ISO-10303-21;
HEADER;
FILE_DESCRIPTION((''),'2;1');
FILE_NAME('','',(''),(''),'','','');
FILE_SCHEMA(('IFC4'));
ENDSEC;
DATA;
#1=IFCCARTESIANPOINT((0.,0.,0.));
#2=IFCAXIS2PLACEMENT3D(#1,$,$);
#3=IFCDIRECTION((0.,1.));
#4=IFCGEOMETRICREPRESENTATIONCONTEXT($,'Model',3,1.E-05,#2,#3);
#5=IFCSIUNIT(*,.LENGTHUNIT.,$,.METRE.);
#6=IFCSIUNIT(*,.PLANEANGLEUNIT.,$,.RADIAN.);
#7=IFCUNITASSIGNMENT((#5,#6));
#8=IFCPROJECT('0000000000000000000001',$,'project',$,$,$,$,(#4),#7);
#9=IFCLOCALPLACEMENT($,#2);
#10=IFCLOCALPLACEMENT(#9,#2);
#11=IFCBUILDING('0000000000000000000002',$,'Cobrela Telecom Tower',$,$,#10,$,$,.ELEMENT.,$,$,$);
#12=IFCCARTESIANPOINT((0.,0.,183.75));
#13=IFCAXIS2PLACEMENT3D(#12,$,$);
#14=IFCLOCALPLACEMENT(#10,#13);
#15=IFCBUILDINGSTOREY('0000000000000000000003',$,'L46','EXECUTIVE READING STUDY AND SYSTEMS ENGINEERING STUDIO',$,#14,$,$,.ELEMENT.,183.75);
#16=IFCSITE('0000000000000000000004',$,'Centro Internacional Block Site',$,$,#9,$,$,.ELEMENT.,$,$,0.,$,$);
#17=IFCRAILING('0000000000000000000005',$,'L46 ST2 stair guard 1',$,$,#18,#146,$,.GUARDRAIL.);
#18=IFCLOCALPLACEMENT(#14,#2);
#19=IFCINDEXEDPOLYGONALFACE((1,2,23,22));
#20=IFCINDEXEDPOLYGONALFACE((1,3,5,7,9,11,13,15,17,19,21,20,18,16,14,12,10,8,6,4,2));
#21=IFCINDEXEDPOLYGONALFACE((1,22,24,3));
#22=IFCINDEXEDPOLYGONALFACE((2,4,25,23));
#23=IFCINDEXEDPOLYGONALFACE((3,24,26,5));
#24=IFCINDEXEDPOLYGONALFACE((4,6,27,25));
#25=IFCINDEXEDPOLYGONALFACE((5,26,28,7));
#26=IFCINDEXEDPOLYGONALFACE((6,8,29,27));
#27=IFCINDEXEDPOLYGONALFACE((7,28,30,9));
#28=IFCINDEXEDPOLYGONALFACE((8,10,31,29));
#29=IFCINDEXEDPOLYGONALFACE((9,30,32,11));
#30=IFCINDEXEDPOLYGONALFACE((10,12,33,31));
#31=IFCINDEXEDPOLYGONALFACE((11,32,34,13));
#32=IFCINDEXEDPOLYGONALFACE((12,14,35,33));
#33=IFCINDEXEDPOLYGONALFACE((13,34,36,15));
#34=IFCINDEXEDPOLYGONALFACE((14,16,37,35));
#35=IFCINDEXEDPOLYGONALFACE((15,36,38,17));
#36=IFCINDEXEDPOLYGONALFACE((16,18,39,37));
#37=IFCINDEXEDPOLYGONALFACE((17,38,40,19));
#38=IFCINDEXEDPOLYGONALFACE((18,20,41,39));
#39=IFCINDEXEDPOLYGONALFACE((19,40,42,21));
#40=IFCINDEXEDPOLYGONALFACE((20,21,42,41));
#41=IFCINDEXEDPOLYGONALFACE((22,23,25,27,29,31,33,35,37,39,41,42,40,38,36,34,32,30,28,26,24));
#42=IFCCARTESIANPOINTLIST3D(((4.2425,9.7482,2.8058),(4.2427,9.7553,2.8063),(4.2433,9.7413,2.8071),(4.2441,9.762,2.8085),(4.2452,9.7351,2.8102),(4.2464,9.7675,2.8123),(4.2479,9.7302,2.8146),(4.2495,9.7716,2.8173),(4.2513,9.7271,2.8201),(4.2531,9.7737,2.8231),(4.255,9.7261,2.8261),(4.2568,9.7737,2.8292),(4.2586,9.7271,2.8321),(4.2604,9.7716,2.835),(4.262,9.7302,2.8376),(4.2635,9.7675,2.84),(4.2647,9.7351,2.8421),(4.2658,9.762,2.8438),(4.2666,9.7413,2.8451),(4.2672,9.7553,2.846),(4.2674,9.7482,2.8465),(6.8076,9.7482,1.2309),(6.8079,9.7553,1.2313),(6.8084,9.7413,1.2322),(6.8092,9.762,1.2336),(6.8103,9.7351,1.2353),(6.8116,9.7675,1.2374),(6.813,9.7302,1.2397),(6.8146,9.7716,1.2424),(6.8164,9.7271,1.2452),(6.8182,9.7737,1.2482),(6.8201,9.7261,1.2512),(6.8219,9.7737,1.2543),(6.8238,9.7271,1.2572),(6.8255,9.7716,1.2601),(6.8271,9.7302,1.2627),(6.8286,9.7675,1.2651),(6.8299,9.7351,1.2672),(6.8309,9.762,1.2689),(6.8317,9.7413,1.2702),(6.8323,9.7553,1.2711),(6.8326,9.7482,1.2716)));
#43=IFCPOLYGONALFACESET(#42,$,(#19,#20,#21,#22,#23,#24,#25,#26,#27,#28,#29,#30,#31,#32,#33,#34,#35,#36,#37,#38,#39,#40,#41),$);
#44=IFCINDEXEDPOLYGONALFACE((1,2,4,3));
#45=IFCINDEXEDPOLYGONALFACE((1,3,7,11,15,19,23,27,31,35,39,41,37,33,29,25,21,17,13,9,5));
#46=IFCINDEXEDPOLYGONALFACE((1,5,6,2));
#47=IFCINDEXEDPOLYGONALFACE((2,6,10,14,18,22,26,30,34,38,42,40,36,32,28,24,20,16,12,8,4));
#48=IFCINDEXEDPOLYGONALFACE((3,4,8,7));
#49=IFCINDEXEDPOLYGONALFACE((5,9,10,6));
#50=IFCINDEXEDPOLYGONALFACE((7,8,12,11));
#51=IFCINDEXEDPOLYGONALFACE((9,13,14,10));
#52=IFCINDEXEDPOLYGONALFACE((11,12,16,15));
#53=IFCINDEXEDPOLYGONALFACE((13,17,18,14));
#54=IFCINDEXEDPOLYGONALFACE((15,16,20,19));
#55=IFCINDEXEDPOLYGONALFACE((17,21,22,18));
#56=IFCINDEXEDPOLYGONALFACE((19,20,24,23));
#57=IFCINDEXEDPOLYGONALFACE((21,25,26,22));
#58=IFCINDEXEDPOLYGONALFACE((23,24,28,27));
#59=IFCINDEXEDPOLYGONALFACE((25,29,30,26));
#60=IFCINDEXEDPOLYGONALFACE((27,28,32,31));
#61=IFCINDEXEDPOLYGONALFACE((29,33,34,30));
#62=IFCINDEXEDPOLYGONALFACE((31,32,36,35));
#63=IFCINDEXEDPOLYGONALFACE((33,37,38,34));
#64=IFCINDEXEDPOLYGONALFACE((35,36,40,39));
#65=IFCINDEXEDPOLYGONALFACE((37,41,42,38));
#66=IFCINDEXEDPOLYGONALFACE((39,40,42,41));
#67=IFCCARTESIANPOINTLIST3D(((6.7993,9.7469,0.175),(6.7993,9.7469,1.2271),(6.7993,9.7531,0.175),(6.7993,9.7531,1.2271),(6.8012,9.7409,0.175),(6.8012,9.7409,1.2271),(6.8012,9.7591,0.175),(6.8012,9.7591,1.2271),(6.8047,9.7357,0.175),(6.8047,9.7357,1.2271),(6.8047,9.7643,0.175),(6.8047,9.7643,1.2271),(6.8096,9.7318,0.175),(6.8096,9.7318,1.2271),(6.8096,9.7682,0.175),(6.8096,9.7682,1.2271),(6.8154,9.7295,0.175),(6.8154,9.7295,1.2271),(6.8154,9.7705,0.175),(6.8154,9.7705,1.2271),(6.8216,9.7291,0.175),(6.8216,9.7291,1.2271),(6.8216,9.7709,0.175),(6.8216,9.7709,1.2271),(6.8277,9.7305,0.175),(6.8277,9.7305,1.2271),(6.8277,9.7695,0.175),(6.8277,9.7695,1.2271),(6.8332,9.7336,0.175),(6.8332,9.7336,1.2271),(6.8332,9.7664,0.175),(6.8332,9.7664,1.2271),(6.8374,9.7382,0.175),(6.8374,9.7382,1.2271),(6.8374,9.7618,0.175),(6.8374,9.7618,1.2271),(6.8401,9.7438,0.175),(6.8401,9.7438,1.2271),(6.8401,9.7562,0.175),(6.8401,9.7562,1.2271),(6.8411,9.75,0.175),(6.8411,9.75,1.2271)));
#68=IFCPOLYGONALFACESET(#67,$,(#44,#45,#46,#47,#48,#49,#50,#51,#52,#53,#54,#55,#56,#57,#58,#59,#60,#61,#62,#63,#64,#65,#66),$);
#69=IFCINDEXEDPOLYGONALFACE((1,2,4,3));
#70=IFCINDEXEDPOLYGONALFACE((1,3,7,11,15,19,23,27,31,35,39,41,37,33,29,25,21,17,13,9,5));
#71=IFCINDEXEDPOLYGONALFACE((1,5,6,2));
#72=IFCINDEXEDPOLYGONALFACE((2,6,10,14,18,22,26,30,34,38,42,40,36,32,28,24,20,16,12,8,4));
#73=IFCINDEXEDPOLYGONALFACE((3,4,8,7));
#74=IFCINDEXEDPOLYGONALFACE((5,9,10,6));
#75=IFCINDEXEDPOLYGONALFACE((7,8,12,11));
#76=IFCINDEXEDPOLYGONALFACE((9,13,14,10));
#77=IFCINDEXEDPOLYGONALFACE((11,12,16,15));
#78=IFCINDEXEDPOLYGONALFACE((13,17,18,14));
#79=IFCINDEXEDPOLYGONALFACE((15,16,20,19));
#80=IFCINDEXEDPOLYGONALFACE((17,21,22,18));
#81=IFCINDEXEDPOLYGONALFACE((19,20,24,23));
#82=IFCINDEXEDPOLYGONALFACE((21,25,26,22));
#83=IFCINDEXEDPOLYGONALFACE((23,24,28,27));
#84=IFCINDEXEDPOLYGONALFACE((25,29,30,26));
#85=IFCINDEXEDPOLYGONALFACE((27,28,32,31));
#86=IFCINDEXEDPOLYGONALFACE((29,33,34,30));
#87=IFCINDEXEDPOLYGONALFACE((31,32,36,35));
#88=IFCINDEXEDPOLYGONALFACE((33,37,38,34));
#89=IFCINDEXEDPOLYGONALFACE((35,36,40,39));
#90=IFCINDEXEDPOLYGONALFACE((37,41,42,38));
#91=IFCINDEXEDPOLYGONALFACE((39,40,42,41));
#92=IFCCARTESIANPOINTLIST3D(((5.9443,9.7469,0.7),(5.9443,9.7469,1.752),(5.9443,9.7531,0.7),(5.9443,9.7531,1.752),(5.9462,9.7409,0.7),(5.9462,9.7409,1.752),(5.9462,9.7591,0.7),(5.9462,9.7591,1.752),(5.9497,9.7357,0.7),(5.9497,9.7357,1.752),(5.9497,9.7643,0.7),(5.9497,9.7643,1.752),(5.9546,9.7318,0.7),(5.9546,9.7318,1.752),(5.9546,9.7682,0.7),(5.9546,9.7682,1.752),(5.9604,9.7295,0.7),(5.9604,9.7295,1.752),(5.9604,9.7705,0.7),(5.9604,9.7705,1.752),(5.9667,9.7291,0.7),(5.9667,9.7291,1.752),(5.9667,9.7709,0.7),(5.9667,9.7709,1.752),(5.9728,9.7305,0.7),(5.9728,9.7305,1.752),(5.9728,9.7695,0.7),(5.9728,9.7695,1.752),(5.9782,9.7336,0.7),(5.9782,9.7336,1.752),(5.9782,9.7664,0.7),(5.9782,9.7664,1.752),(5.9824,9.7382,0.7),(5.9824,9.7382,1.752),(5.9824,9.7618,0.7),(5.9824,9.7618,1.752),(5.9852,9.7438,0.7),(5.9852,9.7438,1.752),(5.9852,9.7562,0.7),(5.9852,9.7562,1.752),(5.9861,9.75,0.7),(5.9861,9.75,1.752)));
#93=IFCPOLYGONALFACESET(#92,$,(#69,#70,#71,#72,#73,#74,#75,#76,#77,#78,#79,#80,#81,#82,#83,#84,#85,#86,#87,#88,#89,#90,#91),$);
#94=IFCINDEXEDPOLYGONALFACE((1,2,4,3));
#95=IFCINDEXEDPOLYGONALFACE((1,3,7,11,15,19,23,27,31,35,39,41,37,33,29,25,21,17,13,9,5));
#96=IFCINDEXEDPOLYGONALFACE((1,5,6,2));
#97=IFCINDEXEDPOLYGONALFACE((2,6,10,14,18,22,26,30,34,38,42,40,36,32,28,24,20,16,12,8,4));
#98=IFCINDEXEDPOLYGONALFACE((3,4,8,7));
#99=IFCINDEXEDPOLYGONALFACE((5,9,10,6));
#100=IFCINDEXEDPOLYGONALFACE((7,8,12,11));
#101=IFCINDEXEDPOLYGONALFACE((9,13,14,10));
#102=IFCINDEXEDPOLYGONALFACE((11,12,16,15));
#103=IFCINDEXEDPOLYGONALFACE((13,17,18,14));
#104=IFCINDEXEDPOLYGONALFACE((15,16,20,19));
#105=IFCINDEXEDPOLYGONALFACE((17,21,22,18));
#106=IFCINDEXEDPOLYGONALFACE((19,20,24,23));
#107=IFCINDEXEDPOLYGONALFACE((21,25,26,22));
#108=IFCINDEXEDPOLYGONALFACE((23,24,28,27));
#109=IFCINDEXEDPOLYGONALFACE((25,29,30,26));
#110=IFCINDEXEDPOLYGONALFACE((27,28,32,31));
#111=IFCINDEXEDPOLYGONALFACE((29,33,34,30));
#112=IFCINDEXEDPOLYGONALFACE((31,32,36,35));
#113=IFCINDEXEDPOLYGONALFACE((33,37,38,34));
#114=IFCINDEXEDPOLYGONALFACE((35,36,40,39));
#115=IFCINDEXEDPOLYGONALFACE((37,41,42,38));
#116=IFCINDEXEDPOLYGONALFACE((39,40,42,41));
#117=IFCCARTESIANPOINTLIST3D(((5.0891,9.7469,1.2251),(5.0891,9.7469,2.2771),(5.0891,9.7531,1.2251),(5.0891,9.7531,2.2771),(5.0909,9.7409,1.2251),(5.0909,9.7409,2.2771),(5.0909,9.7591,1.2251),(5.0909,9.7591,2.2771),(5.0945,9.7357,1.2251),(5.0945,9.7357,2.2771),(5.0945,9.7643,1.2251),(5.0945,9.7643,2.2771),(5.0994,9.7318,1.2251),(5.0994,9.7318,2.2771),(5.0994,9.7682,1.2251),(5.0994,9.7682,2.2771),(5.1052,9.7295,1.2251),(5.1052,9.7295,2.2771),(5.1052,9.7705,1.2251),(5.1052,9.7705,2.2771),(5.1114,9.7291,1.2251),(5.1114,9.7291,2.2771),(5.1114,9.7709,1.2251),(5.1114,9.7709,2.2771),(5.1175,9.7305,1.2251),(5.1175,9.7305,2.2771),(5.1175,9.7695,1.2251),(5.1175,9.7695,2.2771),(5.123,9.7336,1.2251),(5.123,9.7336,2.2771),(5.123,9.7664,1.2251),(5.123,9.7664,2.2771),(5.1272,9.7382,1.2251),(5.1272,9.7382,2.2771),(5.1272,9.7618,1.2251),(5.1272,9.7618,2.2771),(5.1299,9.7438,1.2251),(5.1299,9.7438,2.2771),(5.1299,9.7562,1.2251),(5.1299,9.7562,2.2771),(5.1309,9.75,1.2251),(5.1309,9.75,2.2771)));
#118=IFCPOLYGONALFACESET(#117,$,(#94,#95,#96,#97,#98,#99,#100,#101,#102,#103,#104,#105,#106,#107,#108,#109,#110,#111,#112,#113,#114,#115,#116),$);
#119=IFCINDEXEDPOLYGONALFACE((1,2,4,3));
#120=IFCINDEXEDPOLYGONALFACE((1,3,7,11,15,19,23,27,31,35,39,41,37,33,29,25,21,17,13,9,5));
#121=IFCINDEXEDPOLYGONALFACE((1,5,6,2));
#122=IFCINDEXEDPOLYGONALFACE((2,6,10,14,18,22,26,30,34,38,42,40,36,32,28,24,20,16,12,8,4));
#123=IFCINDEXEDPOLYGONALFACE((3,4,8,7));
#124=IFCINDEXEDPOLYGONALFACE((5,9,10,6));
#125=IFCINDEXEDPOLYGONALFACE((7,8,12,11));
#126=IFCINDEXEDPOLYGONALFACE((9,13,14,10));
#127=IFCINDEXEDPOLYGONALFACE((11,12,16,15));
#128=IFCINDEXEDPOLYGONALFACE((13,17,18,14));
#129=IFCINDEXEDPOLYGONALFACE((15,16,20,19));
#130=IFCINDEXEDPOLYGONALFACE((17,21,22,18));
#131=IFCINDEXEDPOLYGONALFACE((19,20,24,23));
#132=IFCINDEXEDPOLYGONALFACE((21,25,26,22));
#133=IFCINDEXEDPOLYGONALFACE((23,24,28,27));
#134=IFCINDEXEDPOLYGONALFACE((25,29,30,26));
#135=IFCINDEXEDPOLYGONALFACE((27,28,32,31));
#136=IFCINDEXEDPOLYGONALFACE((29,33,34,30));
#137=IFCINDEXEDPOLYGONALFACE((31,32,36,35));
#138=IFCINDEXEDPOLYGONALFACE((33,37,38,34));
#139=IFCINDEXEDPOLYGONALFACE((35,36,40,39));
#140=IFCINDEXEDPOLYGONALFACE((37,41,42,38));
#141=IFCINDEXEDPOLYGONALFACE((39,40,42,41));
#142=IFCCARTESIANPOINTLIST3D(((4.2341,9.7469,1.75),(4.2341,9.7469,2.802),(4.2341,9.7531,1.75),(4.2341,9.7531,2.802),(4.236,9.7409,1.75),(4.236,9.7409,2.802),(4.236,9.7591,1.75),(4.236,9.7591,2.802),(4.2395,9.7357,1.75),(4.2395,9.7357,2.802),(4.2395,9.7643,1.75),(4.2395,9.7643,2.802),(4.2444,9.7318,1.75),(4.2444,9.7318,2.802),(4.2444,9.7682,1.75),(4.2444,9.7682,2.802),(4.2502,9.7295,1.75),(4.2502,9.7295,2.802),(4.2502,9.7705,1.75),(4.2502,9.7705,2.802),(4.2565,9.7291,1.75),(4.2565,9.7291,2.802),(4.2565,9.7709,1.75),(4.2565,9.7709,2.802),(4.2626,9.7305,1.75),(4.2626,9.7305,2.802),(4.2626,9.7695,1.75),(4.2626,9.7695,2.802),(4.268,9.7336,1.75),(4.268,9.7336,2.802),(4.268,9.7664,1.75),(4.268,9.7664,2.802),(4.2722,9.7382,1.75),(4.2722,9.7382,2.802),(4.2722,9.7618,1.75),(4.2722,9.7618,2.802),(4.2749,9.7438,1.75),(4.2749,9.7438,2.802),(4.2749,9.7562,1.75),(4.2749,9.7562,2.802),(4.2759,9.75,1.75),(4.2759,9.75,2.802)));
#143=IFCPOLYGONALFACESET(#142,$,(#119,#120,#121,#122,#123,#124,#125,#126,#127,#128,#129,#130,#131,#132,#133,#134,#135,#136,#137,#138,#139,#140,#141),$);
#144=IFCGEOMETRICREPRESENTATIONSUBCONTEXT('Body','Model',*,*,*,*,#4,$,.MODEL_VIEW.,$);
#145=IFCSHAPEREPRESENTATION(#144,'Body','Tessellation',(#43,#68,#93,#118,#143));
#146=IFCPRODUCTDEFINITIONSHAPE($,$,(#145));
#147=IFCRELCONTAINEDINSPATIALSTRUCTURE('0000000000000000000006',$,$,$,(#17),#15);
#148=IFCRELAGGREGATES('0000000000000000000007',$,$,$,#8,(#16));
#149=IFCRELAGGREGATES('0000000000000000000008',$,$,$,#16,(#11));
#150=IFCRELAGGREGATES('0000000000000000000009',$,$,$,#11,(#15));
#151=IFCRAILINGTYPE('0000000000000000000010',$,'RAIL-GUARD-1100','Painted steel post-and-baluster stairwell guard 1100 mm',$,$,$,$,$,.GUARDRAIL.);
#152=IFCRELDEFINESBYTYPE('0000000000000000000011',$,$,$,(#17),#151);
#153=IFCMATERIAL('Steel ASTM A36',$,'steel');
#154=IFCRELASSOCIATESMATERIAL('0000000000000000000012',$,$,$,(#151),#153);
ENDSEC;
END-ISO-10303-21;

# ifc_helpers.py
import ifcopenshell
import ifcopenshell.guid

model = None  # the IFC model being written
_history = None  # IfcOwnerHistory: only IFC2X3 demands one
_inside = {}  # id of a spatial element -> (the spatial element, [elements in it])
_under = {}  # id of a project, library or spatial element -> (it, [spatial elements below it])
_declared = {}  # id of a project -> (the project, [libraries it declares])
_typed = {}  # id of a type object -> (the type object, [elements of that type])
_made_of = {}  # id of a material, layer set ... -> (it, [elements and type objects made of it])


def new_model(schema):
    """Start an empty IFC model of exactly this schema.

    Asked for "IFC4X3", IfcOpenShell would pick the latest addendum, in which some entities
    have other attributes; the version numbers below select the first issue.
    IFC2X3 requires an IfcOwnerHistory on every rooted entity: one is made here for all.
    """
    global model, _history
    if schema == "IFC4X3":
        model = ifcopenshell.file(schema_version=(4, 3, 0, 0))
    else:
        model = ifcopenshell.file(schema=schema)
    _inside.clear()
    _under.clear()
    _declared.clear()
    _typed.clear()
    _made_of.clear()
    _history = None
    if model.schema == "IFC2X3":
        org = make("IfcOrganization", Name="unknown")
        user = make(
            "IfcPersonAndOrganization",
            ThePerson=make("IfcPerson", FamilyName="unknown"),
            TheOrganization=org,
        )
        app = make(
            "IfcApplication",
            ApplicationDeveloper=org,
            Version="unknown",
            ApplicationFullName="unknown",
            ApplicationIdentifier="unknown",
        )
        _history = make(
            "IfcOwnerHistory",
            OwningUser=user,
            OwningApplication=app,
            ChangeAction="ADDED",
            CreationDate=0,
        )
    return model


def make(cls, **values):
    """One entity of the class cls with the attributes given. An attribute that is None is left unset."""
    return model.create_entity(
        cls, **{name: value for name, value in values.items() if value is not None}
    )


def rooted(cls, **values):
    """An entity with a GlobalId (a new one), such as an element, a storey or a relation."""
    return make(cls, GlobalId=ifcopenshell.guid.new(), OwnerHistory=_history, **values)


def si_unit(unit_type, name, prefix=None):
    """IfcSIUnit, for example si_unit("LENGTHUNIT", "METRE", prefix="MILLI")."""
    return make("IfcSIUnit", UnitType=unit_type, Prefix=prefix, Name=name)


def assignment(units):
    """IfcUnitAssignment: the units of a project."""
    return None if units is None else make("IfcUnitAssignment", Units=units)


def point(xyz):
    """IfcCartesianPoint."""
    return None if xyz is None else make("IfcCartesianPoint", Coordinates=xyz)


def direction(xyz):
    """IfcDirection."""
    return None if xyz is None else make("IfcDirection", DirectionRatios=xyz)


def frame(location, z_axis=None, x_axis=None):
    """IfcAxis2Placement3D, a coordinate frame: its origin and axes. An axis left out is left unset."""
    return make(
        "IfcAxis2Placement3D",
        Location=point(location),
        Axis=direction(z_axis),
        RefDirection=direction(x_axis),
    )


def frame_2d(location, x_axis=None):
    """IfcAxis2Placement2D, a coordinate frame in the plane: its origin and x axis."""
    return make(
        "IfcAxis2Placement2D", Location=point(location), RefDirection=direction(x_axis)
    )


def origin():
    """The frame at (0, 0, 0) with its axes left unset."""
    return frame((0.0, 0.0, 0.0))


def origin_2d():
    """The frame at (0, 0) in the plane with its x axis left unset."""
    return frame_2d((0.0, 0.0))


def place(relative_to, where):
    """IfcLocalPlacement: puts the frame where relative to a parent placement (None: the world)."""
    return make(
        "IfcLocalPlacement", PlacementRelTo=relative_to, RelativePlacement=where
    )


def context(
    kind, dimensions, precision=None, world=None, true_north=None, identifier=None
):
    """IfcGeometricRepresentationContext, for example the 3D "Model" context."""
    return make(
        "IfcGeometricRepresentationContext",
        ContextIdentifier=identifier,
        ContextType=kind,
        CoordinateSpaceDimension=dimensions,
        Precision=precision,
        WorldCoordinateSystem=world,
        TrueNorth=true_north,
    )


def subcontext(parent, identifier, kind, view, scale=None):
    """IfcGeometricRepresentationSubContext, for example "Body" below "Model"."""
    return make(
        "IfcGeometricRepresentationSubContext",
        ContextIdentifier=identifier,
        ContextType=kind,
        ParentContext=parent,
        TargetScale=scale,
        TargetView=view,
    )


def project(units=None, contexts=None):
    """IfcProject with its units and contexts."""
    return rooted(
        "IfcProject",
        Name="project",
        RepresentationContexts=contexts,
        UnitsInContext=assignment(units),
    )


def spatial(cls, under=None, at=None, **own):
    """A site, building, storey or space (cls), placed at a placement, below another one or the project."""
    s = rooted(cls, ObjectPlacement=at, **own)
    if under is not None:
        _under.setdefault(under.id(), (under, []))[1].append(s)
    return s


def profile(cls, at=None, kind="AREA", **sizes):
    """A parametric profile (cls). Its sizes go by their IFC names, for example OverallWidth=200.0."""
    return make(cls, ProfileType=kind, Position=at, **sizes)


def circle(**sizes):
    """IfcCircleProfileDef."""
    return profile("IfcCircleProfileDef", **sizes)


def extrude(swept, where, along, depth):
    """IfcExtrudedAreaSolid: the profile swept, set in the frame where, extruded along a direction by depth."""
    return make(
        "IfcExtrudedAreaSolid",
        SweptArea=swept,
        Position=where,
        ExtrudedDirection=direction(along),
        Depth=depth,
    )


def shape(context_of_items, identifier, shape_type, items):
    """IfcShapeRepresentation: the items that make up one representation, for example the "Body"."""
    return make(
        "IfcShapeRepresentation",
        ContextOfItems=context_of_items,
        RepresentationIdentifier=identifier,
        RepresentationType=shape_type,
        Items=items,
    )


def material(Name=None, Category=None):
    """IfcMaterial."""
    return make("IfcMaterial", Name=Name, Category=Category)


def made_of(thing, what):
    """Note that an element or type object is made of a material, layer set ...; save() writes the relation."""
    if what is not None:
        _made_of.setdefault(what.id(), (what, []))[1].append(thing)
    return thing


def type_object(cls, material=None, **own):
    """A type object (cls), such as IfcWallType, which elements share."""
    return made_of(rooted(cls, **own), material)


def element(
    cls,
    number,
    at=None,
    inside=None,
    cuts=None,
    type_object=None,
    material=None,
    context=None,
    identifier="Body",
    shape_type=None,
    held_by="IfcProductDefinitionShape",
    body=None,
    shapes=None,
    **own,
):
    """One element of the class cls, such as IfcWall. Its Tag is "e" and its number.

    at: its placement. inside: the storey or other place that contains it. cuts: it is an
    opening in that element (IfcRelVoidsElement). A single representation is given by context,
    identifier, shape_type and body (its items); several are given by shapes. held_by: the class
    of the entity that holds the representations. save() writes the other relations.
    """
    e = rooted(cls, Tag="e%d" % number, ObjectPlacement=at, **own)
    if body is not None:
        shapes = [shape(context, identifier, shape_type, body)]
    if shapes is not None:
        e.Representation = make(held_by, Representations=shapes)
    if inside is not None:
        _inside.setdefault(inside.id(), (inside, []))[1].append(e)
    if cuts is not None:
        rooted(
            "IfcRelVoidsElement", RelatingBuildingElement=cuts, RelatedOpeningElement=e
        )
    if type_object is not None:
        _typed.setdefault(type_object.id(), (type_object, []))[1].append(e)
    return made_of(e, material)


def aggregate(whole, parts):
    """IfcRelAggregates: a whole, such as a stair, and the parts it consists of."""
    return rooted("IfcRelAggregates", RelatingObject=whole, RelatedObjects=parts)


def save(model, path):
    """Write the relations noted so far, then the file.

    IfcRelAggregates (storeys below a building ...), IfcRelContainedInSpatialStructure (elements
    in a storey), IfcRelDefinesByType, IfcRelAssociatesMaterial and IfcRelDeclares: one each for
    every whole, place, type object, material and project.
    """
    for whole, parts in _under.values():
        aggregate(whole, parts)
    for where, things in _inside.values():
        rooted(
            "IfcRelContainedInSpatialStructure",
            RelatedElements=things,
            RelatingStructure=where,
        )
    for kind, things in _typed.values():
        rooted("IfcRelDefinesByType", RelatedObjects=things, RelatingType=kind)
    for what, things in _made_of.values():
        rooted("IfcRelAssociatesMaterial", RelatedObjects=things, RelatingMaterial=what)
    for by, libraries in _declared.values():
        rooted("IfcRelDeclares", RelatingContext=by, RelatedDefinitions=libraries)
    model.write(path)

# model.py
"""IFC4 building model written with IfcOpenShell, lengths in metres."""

from ifc_helpers import new_model, si_unit, direction, frame, origin, origin_2d, place, context, subcontext, project, spatial, circle, extrude, material, type_object, element, save


model = new_model("IFC4")

# Units and contexts
model_context = context("Model", 3, precision=1e-05, world=origin(), true_north=direction((0.0, 1.0)))
body_context = subcontext(model_context, "Body", "Model", "MODEL_VIEW")
ifc_project = project(units=[si_unit("LENGTHUNIT", "METRE"), si_unit("PLANEANGLEUNIT", "RADIAN")], contexts=[model_context])

# Site, building, storey
site_placement = place(None, origin())
site = spatial("IfcSite", under=ifc_project, at=site_placement, Name="Centro Internacional Block Site", CompositionType="ELEMENT", RefElevation=0.0)
building_placement = place(site_placement, origin())
building = spatial("IfcBuilding", under=site, at=building_placement, Name="Cobrela Telecom Tower", CompositionType="ELEMENT")
storey_placement = place(building_placement, frame((0.0, 0.0, 183.75)))
storey = spatial("IfcBuildingStorey", under=building, at=storey_placement, Name="L46", Description="EXECUTIVE READING STUDY AND SYSTEMS ENGINEERING STUDIO", CompositionType="ELEMENT", Elevation=183.75)

# Shared definitions
ifc_material_1 = material(Name="Steel ASTM A36", Category="steel")

# Railing
railing_type = type_object("IfcRailingType", Name="RAIL-GUARD-1100", Description="Painted steel post-and-baluster stairwell guard 1100 mm", PredefinedType="GUARDRAIL", material=ifc_material_1)
railing_1_placement = place(storey_placement, frame((6.8201, 9.75, 0.175)))
element("IfcRailing", 1, at=railing_1_placement, inside=storey, type_object=railing_type, Name="L46 ST2 stair guard 1", PredefinedType="GUARDRAIL", context=body_context, shape_type="SweptSolid", body=[
    extrude(circle(Radius=0.0239, at=origin_2d()), frame((0.0, 0.0, 1.0762), z_axis=(-0.852195, 0.0, 0.523224), x_axis=(0.0, -1.0, 0.0)), (0.0, 0.0, 1.0), 3.01),
    extrude(circle(Radius=0.021, at=origin_2d()), origin(), (0.0, 0.0, 1.0), 1.052),
    extrude(circle(Radius=0.021, at=origin_2d()), frame((-0.855, 0.0, 0.5249)), (0.0, 0.0, 1.0), 1.052),
    extrude(circle(Radius=0.021, at=origin_2d()), frame((-1.7102, 0.0, 1.05)), (0.0, 0.0, 1.0), 1.052),
    extrude(circle(Radius=0.021, at=origin_2d()), frame((-2.5652, 0.0, 1.575)), (0.0, 0.0, 1.0), 1.052),
])

save(model, "model.ifc")
